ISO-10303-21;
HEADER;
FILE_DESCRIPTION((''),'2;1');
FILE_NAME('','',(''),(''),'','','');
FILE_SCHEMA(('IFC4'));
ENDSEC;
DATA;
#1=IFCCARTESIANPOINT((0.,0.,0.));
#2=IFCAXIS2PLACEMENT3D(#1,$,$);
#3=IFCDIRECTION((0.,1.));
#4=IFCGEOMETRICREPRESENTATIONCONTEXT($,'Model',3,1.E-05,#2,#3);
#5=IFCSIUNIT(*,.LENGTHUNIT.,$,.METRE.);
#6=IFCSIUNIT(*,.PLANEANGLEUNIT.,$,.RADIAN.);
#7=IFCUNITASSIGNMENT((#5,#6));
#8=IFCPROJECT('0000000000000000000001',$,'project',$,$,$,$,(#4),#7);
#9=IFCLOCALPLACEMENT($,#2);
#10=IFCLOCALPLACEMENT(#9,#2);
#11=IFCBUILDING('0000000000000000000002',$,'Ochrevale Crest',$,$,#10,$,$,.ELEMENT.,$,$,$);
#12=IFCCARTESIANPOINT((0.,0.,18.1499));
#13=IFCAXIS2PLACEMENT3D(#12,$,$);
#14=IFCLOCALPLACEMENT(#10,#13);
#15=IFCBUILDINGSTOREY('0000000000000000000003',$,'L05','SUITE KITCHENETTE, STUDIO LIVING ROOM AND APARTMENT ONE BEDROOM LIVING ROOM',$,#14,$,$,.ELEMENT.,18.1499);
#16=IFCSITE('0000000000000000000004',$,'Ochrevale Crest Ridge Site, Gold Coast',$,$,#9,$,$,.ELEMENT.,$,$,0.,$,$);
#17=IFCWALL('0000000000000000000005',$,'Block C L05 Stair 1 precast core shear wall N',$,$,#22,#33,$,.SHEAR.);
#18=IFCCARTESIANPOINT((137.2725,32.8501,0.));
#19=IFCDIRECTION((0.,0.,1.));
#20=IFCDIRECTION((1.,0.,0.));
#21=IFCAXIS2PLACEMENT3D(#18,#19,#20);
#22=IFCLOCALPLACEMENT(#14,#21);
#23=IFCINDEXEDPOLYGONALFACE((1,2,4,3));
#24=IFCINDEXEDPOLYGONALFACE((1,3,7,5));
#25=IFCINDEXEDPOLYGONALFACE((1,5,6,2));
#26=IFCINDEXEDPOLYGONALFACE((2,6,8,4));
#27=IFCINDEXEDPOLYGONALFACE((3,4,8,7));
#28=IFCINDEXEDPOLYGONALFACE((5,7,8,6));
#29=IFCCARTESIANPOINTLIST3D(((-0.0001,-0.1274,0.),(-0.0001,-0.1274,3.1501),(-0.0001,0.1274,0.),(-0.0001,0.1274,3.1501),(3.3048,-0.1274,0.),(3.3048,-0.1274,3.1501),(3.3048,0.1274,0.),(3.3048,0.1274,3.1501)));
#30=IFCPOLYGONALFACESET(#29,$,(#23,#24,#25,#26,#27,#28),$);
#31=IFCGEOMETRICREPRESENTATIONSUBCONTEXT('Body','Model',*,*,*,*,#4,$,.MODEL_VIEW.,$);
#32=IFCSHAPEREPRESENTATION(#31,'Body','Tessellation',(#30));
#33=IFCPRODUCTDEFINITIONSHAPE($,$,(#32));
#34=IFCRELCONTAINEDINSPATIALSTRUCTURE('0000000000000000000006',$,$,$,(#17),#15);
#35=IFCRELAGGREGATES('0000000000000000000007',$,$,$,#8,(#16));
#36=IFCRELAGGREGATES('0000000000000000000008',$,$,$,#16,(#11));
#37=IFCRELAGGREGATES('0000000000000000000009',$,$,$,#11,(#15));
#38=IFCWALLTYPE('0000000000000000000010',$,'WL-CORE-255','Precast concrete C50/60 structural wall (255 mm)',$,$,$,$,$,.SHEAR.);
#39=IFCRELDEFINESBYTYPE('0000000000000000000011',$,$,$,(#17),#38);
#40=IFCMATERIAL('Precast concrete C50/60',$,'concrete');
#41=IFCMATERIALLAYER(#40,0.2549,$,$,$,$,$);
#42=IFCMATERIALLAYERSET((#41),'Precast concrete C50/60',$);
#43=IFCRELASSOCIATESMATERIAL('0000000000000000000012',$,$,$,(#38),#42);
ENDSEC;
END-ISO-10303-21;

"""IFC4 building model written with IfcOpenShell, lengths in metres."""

from ifc_helpers import new_model, si_unit, direction, frame, frame_2d, origin, place, context, subcontext, project, spatial, rectangle, extrude, material, layer, layer_set, type_object, element, save


model = new_model("IFC4")

# Units and contexts
model_context = context("Model", 3, precision=1e-05, world=origin(), true_north=direction((0.0, 1.0)))
body_context = subcontext(model_context, "Body", "Model", "MODEL_VIEW")
ifc_project = project(units=[si_unit("LENGTHUNIT", "METRE"), si_unit("PLANEANGLEUNIT", "RADIAN")], contexts=[model_context])

# Site, building, storey
site_placement = place(None, origin())
site = spatial("IfcSite", under=ifc_project, at=site_placement, Name="Ochrevale Crest Ridge Site, Gold Coast", CompositionType="ELEMENT", RefElevation=0.0)
building_placement = place(site_placement, origin())
building = spatial("IfcBuilding", under=site, at=building_placement, Name="Ochrevale Crest", CompositionType="ELEMENT")
storey_placement = place(building_placement, frame((0.0, 0.0, 18.1499)))
storey = spatial("IfcBuildingStorey", under=building, at=storey_placement, Name="L05", Description="SUITE KITCHENETTE, STUDIO LIVING ROOM AND APARTMENT ONE BEDROOM LIVING ROOM", CompositionType="ELEMENT", Elevation=18.1499)

# Shared definitions
ifc_material_1 = material(Name="Precast concrete C50/60", Category="concrete")

# Wall
ifc_layer_1 = layer(ifc_material_1, 0.2549)
ifc_layer_set_1 = layer_set([ifc_layer_1], Name="Precast concrete C50/60")
wall_type_1 = type_object("IfcWallType", Name="WL-CORE-255", Description="Precast concrete C50/60 structural wall (255 mm)", PredefinedType="SHEAR", material=ifc_layer_set_1)
wall_1_placement = place(storey_placement, frame((137.2725, 32.8501, 0.0), z_axis=(0.0, 0.0, 1.0), x_axis=(1.0, 0.0, 0.0)))
element("IfcWall", 1, at=wall_1_placement, inside=storey, type_object=wall_type_1, Name="Block C L05 Stair 1 precast core shear wall N", PredefinedType="SHEAR", context=body_context, shape_type="SweptSolid", body=[
    extrude(rectangle(XDim=3.3049, YDim=0.2549, at=frame_2d((1.6523, 0.0))), origin(), (0.0, 0.0, 1.0), 3.1501),
])

save(model, "model.ifc")
